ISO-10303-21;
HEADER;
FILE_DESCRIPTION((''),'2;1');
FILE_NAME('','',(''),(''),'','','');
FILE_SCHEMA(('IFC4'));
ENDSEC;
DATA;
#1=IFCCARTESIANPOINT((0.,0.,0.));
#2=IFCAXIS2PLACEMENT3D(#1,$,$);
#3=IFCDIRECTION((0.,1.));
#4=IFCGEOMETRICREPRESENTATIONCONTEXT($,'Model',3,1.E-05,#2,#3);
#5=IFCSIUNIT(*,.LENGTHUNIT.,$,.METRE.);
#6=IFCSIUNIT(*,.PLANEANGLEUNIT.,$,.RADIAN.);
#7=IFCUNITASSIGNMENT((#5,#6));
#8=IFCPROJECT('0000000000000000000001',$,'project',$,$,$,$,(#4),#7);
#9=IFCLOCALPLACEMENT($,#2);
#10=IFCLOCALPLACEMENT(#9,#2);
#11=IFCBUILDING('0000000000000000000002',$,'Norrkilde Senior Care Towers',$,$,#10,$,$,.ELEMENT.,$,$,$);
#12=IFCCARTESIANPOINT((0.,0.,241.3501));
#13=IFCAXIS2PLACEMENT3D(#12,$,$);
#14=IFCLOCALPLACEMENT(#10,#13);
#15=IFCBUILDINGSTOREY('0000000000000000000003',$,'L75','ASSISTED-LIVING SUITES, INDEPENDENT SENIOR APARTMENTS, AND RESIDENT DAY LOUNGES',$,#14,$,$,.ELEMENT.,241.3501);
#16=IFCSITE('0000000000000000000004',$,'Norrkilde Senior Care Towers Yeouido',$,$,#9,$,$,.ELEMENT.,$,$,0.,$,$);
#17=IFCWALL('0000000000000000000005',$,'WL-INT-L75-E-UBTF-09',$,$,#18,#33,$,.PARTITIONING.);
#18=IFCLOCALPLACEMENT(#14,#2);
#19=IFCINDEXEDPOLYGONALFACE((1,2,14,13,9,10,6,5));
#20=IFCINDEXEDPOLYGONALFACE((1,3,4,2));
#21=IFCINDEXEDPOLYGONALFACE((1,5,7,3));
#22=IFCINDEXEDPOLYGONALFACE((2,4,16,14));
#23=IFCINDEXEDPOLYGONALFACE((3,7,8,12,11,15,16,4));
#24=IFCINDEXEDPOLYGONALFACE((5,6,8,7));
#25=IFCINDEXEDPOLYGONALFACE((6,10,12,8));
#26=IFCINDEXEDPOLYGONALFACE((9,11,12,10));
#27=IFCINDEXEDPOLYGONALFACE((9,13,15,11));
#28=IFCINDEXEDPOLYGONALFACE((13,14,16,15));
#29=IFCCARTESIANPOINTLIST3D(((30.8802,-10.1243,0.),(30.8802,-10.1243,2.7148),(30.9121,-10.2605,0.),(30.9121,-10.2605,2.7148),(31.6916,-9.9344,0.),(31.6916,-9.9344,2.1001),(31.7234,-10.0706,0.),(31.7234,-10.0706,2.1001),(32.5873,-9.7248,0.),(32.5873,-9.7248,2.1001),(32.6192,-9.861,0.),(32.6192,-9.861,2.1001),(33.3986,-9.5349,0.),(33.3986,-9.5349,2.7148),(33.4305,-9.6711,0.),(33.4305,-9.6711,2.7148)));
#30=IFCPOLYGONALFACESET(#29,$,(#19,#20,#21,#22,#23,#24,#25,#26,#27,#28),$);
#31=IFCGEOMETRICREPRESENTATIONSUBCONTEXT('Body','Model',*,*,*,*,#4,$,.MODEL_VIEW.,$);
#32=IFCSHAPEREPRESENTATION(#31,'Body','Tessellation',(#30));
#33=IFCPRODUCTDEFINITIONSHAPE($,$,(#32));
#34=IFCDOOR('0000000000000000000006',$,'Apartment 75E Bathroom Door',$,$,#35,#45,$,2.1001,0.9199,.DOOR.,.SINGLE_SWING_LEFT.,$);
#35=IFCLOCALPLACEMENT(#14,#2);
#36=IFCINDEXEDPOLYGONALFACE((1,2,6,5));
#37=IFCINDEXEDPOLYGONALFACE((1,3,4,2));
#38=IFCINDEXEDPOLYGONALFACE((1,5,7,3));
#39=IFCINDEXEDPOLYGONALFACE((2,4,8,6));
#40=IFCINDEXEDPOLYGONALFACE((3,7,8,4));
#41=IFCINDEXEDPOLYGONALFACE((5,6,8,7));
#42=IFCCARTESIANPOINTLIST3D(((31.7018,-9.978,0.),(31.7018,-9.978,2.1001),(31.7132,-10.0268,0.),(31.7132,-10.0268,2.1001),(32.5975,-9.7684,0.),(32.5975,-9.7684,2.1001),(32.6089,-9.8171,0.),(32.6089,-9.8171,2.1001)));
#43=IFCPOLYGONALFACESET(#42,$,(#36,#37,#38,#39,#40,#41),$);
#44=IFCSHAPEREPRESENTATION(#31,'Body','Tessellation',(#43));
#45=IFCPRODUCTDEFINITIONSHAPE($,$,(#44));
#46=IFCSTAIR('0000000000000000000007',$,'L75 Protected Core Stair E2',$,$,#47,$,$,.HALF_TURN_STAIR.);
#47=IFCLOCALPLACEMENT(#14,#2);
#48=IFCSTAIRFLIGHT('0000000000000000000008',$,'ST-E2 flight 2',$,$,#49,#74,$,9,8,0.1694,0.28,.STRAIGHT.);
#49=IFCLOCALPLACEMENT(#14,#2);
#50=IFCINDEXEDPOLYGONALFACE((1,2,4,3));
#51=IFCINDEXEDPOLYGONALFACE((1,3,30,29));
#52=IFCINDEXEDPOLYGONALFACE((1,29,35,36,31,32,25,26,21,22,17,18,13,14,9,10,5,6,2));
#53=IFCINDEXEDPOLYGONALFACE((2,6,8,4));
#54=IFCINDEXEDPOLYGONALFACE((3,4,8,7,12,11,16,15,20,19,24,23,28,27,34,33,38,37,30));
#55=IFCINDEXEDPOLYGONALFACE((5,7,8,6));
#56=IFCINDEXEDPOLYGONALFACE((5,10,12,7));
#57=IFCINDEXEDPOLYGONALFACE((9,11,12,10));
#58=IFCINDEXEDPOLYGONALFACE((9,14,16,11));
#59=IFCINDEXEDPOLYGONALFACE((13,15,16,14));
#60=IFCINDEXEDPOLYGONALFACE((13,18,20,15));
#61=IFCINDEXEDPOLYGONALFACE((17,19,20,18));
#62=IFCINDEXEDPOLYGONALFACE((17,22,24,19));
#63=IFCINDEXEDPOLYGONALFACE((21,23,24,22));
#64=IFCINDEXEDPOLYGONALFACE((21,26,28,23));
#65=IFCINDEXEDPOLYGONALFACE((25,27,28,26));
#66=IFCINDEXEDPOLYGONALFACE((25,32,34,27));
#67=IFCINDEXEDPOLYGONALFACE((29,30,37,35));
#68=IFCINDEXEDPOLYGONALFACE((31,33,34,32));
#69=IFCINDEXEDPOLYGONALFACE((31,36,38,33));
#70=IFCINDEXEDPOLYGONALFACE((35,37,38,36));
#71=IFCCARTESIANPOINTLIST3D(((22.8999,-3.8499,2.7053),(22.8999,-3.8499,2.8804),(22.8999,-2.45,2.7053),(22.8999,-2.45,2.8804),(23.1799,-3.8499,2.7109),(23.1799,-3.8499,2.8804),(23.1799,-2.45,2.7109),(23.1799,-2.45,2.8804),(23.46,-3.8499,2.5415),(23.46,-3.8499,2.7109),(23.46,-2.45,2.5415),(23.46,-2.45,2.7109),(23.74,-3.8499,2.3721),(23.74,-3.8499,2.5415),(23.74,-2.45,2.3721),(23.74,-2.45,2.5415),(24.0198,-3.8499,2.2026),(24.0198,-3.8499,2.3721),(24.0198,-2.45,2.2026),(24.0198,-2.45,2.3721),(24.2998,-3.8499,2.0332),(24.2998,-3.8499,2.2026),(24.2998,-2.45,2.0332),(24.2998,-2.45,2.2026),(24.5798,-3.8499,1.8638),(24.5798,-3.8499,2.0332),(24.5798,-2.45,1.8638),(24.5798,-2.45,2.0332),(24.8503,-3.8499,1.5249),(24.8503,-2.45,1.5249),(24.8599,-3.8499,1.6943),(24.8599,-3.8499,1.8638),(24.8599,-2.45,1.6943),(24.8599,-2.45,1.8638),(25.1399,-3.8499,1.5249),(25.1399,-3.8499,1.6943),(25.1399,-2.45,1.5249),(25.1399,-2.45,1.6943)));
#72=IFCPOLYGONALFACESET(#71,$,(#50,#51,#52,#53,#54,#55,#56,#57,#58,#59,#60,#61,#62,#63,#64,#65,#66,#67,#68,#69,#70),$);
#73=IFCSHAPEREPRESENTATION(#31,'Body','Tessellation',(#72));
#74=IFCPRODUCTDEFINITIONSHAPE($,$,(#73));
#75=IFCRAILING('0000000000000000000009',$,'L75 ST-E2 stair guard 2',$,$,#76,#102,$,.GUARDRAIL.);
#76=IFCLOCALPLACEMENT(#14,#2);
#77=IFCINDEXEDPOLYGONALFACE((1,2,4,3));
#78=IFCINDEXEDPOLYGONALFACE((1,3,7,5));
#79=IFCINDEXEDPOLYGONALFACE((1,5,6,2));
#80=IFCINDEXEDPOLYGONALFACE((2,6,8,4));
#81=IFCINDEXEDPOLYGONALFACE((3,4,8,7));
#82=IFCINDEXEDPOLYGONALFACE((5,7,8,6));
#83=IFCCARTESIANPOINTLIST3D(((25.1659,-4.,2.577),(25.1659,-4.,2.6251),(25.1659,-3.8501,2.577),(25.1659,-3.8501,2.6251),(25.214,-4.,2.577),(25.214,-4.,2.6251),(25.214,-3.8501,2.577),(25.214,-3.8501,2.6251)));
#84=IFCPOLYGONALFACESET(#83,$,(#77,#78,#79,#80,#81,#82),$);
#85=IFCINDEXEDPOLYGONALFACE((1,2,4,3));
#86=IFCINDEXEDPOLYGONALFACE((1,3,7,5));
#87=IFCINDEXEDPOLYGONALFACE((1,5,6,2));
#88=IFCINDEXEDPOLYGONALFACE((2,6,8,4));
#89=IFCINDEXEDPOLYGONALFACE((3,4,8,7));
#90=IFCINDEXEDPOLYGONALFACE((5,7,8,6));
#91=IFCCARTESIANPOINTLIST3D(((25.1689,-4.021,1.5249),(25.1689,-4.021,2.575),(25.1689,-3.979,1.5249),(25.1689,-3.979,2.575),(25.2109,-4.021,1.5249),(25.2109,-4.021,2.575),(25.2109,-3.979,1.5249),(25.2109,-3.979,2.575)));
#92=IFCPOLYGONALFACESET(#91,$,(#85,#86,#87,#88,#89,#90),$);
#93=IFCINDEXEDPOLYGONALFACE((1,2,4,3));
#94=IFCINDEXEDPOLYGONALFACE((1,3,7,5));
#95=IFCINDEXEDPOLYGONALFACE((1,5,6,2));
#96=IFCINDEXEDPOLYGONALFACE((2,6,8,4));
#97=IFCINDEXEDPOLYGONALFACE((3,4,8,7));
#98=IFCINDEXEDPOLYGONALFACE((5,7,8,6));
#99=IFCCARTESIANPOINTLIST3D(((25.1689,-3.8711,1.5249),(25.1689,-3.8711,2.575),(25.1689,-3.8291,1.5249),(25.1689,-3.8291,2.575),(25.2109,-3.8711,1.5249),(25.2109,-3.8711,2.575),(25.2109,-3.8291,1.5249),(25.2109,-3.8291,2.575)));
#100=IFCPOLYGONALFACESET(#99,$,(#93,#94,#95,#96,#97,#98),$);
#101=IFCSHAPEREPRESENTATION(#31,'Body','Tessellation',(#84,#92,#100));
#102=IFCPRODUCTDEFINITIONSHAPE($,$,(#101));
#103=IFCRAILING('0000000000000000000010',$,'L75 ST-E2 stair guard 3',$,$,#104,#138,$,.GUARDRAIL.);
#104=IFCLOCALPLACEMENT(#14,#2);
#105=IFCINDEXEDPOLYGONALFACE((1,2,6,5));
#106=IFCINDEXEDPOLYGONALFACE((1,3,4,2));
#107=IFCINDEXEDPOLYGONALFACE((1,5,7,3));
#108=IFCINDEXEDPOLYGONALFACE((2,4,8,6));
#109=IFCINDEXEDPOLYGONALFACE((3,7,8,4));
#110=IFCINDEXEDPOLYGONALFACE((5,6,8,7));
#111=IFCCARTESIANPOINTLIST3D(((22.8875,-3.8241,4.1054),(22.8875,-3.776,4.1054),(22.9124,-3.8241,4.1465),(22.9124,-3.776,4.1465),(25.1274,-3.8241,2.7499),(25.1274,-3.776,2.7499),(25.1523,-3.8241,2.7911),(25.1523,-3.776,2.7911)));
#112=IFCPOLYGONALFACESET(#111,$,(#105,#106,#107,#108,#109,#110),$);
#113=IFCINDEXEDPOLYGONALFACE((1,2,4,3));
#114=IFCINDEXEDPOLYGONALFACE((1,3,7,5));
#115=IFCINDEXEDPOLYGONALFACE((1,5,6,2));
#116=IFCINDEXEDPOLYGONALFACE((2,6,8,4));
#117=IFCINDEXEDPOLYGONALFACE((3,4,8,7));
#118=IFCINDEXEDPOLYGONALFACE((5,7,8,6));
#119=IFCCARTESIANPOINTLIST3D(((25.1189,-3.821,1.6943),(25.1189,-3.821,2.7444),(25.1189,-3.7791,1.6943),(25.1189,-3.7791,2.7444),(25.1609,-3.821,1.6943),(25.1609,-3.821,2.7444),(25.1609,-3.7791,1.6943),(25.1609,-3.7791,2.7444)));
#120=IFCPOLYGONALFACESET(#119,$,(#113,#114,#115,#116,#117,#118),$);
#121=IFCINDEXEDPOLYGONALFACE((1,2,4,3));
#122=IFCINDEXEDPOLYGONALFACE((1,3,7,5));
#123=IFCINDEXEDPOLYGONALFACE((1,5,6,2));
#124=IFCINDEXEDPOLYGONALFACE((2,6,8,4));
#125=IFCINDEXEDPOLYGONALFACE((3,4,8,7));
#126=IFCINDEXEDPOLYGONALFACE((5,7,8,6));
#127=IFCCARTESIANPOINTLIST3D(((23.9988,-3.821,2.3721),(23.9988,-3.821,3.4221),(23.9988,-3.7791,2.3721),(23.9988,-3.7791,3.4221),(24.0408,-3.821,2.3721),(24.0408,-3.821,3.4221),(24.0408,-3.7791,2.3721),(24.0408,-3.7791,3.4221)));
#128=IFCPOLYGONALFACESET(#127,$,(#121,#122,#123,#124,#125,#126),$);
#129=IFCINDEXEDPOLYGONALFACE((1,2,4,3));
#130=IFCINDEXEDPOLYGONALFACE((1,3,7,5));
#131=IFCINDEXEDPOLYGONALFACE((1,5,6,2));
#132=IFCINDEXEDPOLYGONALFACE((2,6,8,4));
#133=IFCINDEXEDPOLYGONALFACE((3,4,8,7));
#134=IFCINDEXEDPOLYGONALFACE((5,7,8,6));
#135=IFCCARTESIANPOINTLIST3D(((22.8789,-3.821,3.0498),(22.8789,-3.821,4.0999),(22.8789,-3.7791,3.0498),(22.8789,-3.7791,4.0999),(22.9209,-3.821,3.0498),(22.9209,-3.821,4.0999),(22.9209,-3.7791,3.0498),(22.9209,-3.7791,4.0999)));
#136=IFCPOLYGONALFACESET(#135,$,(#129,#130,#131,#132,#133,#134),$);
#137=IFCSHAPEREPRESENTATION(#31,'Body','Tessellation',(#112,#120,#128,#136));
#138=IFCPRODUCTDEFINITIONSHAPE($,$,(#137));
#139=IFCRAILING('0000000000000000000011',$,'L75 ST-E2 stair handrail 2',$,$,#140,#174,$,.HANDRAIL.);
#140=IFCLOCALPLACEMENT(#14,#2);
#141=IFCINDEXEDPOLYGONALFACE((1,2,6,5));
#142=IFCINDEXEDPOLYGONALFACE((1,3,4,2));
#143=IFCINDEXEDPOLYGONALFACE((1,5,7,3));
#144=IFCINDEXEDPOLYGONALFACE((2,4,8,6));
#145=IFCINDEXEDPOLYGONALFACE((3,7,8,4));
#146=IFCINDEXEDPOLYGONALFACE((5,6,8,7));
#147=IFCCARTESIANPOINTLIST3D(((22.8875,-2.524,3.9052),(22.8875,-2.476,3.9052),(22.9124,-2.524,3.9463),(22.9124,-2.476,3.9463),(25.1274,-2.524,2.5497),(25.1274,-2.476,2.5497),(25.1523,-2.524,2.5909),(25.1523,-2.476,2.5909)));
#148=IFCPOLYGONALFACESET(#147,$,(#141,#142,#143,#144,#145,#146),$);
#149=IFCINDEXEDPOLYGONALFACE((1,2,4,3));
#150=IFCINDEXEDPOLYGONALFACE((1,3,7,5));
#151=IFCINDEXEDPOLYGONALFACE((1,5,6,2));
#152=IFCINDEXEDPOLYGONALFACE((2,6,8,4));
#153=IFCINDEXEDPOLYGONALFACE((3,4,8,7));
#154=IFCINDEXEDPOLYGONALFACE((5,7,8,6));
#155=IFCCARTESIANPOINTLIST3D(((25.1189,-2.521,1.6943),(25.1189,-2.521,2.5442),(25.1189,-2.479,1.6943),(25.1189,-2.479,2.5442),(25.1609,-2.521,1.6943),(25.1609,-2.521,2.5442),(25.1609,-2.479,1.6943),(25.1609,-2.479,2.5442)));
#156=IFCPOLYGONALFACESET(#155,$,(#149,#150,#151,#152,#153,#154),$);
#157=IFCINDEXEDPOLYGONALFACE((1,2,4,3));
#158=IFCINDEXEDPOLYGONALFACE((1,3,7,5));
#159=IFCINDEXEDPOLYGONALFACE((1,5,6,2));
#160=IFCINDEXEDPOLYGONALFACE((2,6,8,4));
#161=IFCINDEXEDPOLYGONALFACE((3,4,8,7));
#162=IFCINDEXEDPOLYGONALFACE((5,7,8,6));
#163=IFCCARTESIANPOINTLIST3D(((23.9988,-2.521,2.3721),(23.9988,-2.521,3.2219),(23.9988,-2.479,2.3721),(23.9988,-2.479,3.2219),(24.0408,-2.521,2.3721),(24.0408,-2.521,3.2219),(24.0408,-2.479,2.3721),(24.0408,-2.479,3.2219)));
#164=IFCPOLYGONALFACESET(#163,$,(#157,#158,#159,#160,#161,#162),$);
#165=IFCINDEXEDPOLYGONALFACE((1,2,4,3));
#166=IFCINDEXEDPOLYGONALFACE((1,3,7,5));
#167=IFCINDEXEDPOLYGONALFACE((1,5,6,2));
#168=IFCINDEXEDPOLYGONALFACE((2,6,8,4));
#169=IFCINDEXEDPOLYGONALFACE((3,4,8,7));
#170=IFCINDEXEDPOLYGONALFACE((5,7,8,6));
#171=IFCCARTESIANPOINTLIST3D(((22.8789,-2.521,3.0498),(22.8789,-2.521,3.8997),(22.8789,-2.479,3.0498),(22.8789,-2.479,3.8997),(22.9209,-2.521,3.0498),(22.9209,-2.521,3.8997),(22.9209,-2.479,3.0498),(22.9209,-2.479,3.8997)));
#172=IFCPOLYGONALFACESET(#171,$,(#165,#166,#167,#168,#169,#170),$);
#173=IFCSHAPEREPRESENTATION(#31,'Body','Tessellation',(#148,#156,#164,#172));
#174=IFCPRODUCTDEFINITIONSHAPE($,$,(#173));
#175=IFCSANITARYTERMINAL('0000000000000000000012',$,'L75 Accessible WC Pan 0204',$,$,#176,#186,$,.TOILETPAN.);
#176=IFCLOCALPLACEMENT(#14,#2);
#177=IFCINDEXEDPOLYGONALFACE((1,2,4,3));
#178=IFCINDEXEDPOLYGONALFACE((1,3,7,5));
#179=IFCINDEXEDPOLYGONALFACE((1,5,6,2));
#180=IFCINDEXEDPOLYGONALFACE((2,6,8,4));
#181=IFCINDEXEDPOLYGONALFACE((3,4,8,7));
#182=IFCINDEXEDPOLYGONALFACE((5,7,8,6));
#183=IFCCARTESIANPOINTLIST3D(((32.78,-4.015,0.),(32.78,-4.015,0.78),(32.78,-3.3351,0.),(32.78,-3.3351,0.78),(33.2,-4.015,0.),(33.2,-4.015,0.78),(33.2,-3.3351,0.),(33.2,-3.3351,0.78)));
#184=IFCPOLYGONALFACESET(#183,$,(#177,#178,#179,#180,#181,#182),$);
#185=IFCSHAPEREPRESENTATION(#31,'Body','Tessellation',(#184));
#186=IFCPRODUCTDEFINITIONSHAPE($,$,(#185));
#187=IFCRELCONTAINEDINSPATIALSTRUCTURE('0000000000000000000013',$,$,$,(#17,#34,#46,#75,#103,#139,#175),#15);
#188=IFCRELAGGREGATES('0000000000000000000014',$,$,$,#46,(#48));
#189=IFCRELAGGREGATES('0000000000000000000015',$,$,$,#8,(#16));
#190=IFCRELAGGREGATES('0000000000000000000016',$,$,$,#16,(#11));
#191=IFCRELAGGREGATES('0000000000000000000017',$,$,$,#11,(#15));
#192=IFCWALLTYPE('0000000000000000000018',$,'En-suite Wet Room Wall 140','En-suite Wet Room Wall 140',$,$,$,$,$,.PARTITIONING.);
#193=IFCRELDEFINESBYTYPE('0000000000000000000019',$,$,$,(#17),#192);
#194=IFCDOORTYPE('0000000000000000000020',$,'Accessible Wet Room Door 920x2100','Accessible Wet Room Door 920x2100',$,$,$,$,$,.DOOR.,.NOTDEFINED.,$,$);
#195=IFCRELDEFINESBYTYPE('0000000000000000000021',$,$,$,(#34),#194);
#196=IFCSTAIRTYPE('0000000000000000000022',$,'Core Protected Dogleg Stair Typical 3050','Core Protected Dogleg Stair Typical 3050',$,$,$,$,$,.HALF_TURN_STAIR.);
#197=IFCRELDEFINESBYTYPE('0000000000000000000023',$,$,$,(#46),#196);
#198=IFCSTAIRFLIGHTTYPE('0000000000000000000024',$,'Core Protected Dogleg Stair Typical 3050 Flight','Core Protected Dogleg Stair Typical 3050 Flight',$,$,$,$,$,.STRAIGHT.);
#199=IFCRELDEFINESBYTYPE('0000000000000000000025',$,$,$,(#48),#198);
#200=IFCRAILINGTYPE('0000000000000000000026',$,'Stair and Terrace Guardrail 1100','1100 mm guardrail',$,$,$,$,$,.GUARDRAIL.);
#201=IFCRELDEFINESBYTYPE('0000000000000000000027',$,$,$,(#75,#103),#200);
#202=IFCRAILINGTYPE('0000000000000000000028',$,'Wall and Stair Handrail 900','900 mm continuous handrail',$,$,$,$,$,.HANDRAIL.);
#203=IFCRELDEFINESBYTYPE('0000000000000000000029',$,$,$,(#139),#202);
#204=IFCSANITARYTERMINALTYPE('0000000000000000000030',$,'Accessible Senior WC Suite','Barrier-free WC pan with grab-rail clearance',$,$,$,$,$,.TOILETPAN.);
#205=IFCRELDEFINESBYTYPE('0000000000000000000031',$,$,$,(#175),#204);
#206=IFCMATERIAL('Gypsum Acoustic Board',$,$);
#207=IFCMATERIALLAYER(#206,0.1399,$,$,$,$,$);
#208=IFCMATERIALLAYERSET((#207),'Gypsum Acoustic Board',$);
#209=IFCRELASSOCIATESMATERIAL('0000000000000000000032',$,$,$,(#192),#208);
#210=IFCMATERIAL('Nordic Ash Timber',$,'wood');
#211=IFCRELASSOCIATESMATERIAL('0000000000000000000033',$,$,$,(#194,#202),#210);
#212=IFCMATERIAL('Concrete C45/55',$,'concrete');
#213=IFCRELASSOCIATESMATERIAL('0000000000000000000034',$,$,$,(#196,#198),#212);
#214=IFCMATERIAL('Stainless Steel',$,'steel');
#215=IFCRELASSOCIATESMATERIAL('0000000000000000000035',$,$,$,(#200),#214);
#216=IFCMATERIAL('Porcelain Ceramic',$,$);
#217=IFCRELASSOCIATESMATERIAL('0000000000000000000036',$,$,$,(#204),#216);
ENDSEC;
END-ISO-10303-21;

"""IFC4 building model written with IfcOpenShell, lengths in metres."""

from ifc_helpers import new_model, si_unit, direction, frame, frame_2d, origin, origin_2d, place, context, subcontext, project, spatial, polyline, rectangle, outline, extrude, source, transform, mapped, material, layer, layer_set, type_object, type_shapes, element, fill, aggregate, save


model = new_model("IFC4")

# Units and contexts
model_context = context("Model", 3, precision=1e-05, world=origin(), true_north=direction((0.0, 1.0)))
body_context = subcontext(model_context, "Body", "Model", "MODEL_VIEW")
ifc_project = project(units=[si_unit("LENGTHUNIT", "METRE"), si_unit("PLANEANGLEUNIT", "RADIAN")], contexts=[model_context])

# Site, building, storey
site_placement = place(None, origin())
site = spatial("IfcSite", under=ifc_project, at=site_placement, Name="Norrkilde Senior Care Towers Yeouido", CompositionType="ELEMENT", RefElevation=0.0)
building_placement = place(site_placement, origin())
building = spatial("IfcBuilding", under=site, at=building_placement, Name="Norrkilde Senior Care Towers", CompositionType="ELEMENT")
storey_placement = place(building_placement, frame((0.0, 0.0, 241.3501)))
storey = spatial("IfcBuildingStorey", under=building, at=storey_placement, Name="L75", Description="ASSISTED-LIVING SUITES, INDEPENDENT SENIOR APARTMENTS, AND RESIDENT DAY LOUNGES", CompositionType="ELEMENT", Elevation=241.3501)

# Shared definitions
ifc_material_1 = material(Name="Concrete C45/55", Category="concrete")

# Shared definitions
ifc_material_2 = material(Name="Stainless Steel", Category="steel")

# Shared definitions
ifc_material_3 = material(Name="Gypsum Acoustic Board")
ifc_layer_1 = layer(ifc_material_3, 0.1399)
ifc_layer_set_1 = layer_set([ifc_layer_1], Name="Gypsum Acoustic Board")
wall_type_1 = type_object("IfcWallType", Name="En-suite Wet Room Wall 140", Description="En-suite Wet Room Wall 140", PredefinedType="PARTITIONING", material=ifc_layer_set_1)

# Wall, opening, door
shared_shape_1 = source(origin(), body_context, "Body", "SweptSolid", [
    extrude(rectangle(XDim=2.5864, YDim=0.1399, at=frame_2d((1.2932, 0.0))), origin(), (0.0, 0.0, 1.0), 2.7148),
])
wall_1_placement = place(storey_placement, frame((33.4146, -9.603, 0.0), z_axis=(0.0, 0.0, 1.0), x_axis=(-0.973691, -0.227871, 0.0)))
wall_1 = element("IfcWall", 1, at=wall_1_placement, inside=storey, type_object=wall_type_1, Name="WL-INT-L75-E-UBTF-09", PredefinedType="PARTITIONING", context=body_context, shape_type="MappedRepresentation", body=[
    mapped(shared_shape_1, transform((0.0, 0.0, 0.0), x_axis=(1.0, 0.0, 0.0), y_axis=(0.0, 1.0, 0.0), z_axis=(0.0, 0.0, 1.0), scale=1.0)),
])
opening_1_placement = place(wall_1_placement, frame((0.8333, 0.0, 0.0)))
opening_1 = element("IfcOpeningElement", 2, at=opening_1_placement, cuts=wall_1, PredefinedType="OPENING", context=body_context, shape_type="SweptSolid", body=[
    extrude(rectangle(XDim=0.9199, YDim=2.1001, at=frame_2d((0.46, 1.05))), frame((0.0, 0.0798, 0.0), z_axis=(0.0, -1.0, 0.0), x_axis=(1.0, 0.0, 0.0)), (0.0, 0.0, 1.0), 0.1599),
])
ifc_material_4 = material(Name="Nordic Ash Timber", Category="wood")
door_type_1 = type_object("IfcDoorType", Name="Accessible Wet Room Door 920x2100", Description="Accessible Wet Room Door 920x2100", OperationType="NOTDEFINED", PredefinedType="DOOR", material=ifc_material_4)
shared_shape_2 = source(origin(), body_context, "Body", "SweptSolid", [
    extrude(rectangle(XDim=0.9199, YDim=2.1001, at=frame_2d((0.46, 1.05))), frame((0.0, 0.0249, 0.0), z_axis=(0.0, -1.0, 0.0), x_axis=(1.0, 0.0, 0.0)), (0.0, 0.0, 1.0), 0.05),
])
type_shapes(door_type_1, [shared_shape_2])
door_1_placement = place(opening_1_placement, origin())
door_1 = element("IfcDoor", 3, at=door_1_placement, inside=storey, type_object=door_type_1, Name="Apartment 75E Bathroom Door", OperationType="SINGLE_SWING_LEFT", OverallHeight=2.1001, OverallWidth=0.9199, PredefinedType="DOOR", context=body_context, shape_type="MappedRepresentation", body=[
    mapped(shared_shape_2, transform((0.0, 0.0, 0.0), x_axis=(1.0, 0.0, 0.0), y_axis=(0.0, 1.0, 0.0), z_axis=(0.0, 0.0, 1.0), scale=1.0)),
])
fill(opening_1, door_1)

# Stair, stair flight
stair_type = type_object("IfcStairType", Name="Core Protected Dogleg Stair Typical 3050", Description="Core Protected Dogleg Stair Typical 3050", PredefinedType="HALF_TURN_STAIR", material=ifc_material_1)
stair_placement = place(storey_placement, origin())
stair = element("IfcStair", 4, at=stair_placement, inside=storey, type_object=stair_type, Name="L75 Protected Core Stair E2", PredefinedType="HALF_TURN_STAIR")
stair_flight_type = type_object("IfcStairFlightType", Name="Core Protected Dogleg Stair Typical 3050 Flight", Description="Core Protected Dogleg Stair Typical 3050 Flight", PredefinedType="STRAIGHT", material=ifc_material_1)
stair_flight_placement = place(storey_placement, frame((25.1399, -3.1499, 1.5249), z_axis=(0.0, 0.0, 1.0), x_axis=(-1.0, 0.0, 0.0)))
stair_flight = element("IfcStairFlight", 5, at=stair_flight_placement, type_object=stair_flight_type, Name="ST-E2 flight 2", NumberOfRisers=9, NumberOfTreads=8, PredefinedType="STRAIGHT", RiserHeight=0.1694, TreadLength=0.28, context=body_context, shape_type="SweptSolid", body=[
    extrude(outline(polyline([(0.0, 0.0), (0.0, 0.1694), (0.28, 0.1694), (0.28, 0.3389), (0.5601, 0.3389), (0.5601, 0.5083), (0.8401, 0.5083), (0.8401, 0.6777), (1.1201, 0.6777), (1.1201, 0.8472), (1.3999, 0.8472), (1.3999, 1.0166), (1.6799, 1.0166), (1.6799, 1.186), (1.96, 1.186), (1.96, 1.3555), (2.24, 1.3555), (2.24, 1.5249), (2.24, 1.1804), (0.2896, 0.0), (0.0, 0.0)])), frame((0.0, 0.7, 0.0), z_axis=(0.0, -1.0, 0.0), x_axis=(1.0, 0.0, 0.0)), (0.0, 0.0, 1.0), 1.3999),
])
aggregate(stair, [stair_flight])

# Railings
railing_type_1 = type_object("IfcRailingType", Name="Stair and Terrace Guardrail 1100", Description="1100 mm guardrail", PredefinedType="GUARDRAIL", material=ifc_material_2)
railing_1_placement = place(storey_placement, frame((25.1899, -4.0, 1.5249)))
element("IfcRailing", 6, at=railing_1_placement, inside=storey, type_object=railing_type_1, Name="L75 ST-E2 stair guard 2", PredefinedType="GUARDRAIL", context=body_context, shape_type="SweptSolid", body=[
    extrude(rectangle(XDim=0.0481, YDim=0.0481, at=origin_2d()), frame((0.0, 0.0, 1.0762), z_axis=(0.0, 1.0, 0.0), x_axis=(-1.0, 0.0, 0.0)), (0.0, 0.0, 1.0), 0.1499),
    extrude(rectangle(XDim=0.042, YDim=0.042, at=origin_2d()), origin(), (0.0, 0.0, 1.0), 1.05),
    extrude(rectangle(XDim=0.042, YDim=0.042, at=origin_2d()), frame((0.0, 0.1499, 0.0)), (0.0, 0.0, 1.0), 1.05),
])
railing_2_placement = place(storey_placement, frame((25.1399, -3.8, 1.6943)))
element("IfcRailing", 7, at=railing_2_placement, inside=storey, type_object=railing_type_1, Name="L75 ST-E2 stair guard 3", PredefinedType="GUARDRAIL", context=body_context, shape_type="SweptSolid", body=[
    extrude(rectangle(XDim=0.0481, YDim=0.0481, at=origin_2d()), frame((0.0, 0.0, 1.0762), z_axis=(-0.855553, 0.0, 0.517715), x_axis=(0.0, -1.0, 0.0)), (0.0, 0.0, 1.0), 2.6182),
    extrude(rectangle(XDim=0.042, YDim=0.042, at=origin_2d()), origin(), (0.0, 0.0, 1.0), 1.05),
    extrude(rectangle(XDim=0.042, YDim=0.042, at=origin_2d()), frame((-1.1201, 0.0, 0.6777)), (0.0, 0.0, 1.0), 1.05),
    extrude(rectangle(XDim=0.042, YDim=0.042, at=origin_2d()), frame((-2.24, 0.0, 1.3555)), (0.0, 0.0, 1.0), 1.05),
])
railing_type_2 = type_object("IfcRailingType", Name="Wall and Stair Handrail 900", Description="900 mm continuous handrail", PredefinedType="HANDRAIL", material=ifc_material_4)
railing_3_placement = place(storey_placement, frame((25.1399, -2.5, 1.6943)))
element("IfcRailing", 8, at=railing_3_placement, inside=storey, type_object=railing_type_2, Name="L75 ST-E2 stair handrail 2", PredefinedType="HANDRAIL", context=body_context, shape_type="SweptSolid", body=[
    extrude(rectangle(XDim=0.0481, YDim=0.0481, at=origin_2d()), frame((0.0, 0.0, 0.876), z_axis=(-0.855553, 0.0, 0.517715), x_axis=(0.0, -1.0, 0.0)), (0.0, 0.0, 1.0), 2.6182),
    extrude(rectangle(XDim=0.042, YDim=0.042, at=origin_2d()), origin(), (0.0, 0.0, 1.0), 0.8499),
    extrude(rectangle(XDim=0.042, YDim=0.042, at=origin_2d()), frame((-1.1201, 0.0, 0.6777)), (0.0, 0.0, 1.0), 0.8499),
    extrude(rectangle(XDim=0.042, YDim=0.042, at=origin_2d()), frame((-2.24, 0.0, 1.3555)), (0.0, 0.0, 1.0), 0.8499),
])

# Sanitary terminal
ifc_material_5 = material(Name="Porcelain Ceramic")
sanitary_terminal_type_1 = type_object("IfcSanitaryTerminalType", Name="Accessible Senior WC Suite", Description="Barrier-free WC pan with grab-rail clearance", PredefinedType="TOILETPAN", material=ifc_material_5)
shared_shape_3 = source(origin(), body_context, "Body", "SweptSolid", [
    extrude(rectangle(XDim=0.4199, YDim=0.6799, at=origin_2d()), origin(), (0.0, 0.0, 1.0), 0.78),
])
type_shapes(sanitary_terminal_type_1, [shared_shape_3])
for number, where, z_axis, x_axis, name in (
    (9, (32.99, -3.675, 0.0), (0.0, 0.0, 1.0), (1.0, 0.0, 0.0), "L75 Accessible WC Pan 0204"),
):
    element("IfcSanitaryTerminal", number, at=place(storey_placement, frame(where, z_axis=z_axis, x_axis=x_axis)), inside=storey, type_object=sanitary_terminal_type_1, Name=name, PredefinedType="TOILETPAN", context=body_context, shape_type="MappedRepresentation", body=[
        mapped(shared_shape_3, transform((0.0, 0.0, 0.0), x_axis=(1.0, 0.0, 0.0), y_axis=(0.0, 1.0, 0.0), z_axis=(0.0, 0.0, 1.0), scale=1.0)),
    ])

save(model, "model.ifc")
